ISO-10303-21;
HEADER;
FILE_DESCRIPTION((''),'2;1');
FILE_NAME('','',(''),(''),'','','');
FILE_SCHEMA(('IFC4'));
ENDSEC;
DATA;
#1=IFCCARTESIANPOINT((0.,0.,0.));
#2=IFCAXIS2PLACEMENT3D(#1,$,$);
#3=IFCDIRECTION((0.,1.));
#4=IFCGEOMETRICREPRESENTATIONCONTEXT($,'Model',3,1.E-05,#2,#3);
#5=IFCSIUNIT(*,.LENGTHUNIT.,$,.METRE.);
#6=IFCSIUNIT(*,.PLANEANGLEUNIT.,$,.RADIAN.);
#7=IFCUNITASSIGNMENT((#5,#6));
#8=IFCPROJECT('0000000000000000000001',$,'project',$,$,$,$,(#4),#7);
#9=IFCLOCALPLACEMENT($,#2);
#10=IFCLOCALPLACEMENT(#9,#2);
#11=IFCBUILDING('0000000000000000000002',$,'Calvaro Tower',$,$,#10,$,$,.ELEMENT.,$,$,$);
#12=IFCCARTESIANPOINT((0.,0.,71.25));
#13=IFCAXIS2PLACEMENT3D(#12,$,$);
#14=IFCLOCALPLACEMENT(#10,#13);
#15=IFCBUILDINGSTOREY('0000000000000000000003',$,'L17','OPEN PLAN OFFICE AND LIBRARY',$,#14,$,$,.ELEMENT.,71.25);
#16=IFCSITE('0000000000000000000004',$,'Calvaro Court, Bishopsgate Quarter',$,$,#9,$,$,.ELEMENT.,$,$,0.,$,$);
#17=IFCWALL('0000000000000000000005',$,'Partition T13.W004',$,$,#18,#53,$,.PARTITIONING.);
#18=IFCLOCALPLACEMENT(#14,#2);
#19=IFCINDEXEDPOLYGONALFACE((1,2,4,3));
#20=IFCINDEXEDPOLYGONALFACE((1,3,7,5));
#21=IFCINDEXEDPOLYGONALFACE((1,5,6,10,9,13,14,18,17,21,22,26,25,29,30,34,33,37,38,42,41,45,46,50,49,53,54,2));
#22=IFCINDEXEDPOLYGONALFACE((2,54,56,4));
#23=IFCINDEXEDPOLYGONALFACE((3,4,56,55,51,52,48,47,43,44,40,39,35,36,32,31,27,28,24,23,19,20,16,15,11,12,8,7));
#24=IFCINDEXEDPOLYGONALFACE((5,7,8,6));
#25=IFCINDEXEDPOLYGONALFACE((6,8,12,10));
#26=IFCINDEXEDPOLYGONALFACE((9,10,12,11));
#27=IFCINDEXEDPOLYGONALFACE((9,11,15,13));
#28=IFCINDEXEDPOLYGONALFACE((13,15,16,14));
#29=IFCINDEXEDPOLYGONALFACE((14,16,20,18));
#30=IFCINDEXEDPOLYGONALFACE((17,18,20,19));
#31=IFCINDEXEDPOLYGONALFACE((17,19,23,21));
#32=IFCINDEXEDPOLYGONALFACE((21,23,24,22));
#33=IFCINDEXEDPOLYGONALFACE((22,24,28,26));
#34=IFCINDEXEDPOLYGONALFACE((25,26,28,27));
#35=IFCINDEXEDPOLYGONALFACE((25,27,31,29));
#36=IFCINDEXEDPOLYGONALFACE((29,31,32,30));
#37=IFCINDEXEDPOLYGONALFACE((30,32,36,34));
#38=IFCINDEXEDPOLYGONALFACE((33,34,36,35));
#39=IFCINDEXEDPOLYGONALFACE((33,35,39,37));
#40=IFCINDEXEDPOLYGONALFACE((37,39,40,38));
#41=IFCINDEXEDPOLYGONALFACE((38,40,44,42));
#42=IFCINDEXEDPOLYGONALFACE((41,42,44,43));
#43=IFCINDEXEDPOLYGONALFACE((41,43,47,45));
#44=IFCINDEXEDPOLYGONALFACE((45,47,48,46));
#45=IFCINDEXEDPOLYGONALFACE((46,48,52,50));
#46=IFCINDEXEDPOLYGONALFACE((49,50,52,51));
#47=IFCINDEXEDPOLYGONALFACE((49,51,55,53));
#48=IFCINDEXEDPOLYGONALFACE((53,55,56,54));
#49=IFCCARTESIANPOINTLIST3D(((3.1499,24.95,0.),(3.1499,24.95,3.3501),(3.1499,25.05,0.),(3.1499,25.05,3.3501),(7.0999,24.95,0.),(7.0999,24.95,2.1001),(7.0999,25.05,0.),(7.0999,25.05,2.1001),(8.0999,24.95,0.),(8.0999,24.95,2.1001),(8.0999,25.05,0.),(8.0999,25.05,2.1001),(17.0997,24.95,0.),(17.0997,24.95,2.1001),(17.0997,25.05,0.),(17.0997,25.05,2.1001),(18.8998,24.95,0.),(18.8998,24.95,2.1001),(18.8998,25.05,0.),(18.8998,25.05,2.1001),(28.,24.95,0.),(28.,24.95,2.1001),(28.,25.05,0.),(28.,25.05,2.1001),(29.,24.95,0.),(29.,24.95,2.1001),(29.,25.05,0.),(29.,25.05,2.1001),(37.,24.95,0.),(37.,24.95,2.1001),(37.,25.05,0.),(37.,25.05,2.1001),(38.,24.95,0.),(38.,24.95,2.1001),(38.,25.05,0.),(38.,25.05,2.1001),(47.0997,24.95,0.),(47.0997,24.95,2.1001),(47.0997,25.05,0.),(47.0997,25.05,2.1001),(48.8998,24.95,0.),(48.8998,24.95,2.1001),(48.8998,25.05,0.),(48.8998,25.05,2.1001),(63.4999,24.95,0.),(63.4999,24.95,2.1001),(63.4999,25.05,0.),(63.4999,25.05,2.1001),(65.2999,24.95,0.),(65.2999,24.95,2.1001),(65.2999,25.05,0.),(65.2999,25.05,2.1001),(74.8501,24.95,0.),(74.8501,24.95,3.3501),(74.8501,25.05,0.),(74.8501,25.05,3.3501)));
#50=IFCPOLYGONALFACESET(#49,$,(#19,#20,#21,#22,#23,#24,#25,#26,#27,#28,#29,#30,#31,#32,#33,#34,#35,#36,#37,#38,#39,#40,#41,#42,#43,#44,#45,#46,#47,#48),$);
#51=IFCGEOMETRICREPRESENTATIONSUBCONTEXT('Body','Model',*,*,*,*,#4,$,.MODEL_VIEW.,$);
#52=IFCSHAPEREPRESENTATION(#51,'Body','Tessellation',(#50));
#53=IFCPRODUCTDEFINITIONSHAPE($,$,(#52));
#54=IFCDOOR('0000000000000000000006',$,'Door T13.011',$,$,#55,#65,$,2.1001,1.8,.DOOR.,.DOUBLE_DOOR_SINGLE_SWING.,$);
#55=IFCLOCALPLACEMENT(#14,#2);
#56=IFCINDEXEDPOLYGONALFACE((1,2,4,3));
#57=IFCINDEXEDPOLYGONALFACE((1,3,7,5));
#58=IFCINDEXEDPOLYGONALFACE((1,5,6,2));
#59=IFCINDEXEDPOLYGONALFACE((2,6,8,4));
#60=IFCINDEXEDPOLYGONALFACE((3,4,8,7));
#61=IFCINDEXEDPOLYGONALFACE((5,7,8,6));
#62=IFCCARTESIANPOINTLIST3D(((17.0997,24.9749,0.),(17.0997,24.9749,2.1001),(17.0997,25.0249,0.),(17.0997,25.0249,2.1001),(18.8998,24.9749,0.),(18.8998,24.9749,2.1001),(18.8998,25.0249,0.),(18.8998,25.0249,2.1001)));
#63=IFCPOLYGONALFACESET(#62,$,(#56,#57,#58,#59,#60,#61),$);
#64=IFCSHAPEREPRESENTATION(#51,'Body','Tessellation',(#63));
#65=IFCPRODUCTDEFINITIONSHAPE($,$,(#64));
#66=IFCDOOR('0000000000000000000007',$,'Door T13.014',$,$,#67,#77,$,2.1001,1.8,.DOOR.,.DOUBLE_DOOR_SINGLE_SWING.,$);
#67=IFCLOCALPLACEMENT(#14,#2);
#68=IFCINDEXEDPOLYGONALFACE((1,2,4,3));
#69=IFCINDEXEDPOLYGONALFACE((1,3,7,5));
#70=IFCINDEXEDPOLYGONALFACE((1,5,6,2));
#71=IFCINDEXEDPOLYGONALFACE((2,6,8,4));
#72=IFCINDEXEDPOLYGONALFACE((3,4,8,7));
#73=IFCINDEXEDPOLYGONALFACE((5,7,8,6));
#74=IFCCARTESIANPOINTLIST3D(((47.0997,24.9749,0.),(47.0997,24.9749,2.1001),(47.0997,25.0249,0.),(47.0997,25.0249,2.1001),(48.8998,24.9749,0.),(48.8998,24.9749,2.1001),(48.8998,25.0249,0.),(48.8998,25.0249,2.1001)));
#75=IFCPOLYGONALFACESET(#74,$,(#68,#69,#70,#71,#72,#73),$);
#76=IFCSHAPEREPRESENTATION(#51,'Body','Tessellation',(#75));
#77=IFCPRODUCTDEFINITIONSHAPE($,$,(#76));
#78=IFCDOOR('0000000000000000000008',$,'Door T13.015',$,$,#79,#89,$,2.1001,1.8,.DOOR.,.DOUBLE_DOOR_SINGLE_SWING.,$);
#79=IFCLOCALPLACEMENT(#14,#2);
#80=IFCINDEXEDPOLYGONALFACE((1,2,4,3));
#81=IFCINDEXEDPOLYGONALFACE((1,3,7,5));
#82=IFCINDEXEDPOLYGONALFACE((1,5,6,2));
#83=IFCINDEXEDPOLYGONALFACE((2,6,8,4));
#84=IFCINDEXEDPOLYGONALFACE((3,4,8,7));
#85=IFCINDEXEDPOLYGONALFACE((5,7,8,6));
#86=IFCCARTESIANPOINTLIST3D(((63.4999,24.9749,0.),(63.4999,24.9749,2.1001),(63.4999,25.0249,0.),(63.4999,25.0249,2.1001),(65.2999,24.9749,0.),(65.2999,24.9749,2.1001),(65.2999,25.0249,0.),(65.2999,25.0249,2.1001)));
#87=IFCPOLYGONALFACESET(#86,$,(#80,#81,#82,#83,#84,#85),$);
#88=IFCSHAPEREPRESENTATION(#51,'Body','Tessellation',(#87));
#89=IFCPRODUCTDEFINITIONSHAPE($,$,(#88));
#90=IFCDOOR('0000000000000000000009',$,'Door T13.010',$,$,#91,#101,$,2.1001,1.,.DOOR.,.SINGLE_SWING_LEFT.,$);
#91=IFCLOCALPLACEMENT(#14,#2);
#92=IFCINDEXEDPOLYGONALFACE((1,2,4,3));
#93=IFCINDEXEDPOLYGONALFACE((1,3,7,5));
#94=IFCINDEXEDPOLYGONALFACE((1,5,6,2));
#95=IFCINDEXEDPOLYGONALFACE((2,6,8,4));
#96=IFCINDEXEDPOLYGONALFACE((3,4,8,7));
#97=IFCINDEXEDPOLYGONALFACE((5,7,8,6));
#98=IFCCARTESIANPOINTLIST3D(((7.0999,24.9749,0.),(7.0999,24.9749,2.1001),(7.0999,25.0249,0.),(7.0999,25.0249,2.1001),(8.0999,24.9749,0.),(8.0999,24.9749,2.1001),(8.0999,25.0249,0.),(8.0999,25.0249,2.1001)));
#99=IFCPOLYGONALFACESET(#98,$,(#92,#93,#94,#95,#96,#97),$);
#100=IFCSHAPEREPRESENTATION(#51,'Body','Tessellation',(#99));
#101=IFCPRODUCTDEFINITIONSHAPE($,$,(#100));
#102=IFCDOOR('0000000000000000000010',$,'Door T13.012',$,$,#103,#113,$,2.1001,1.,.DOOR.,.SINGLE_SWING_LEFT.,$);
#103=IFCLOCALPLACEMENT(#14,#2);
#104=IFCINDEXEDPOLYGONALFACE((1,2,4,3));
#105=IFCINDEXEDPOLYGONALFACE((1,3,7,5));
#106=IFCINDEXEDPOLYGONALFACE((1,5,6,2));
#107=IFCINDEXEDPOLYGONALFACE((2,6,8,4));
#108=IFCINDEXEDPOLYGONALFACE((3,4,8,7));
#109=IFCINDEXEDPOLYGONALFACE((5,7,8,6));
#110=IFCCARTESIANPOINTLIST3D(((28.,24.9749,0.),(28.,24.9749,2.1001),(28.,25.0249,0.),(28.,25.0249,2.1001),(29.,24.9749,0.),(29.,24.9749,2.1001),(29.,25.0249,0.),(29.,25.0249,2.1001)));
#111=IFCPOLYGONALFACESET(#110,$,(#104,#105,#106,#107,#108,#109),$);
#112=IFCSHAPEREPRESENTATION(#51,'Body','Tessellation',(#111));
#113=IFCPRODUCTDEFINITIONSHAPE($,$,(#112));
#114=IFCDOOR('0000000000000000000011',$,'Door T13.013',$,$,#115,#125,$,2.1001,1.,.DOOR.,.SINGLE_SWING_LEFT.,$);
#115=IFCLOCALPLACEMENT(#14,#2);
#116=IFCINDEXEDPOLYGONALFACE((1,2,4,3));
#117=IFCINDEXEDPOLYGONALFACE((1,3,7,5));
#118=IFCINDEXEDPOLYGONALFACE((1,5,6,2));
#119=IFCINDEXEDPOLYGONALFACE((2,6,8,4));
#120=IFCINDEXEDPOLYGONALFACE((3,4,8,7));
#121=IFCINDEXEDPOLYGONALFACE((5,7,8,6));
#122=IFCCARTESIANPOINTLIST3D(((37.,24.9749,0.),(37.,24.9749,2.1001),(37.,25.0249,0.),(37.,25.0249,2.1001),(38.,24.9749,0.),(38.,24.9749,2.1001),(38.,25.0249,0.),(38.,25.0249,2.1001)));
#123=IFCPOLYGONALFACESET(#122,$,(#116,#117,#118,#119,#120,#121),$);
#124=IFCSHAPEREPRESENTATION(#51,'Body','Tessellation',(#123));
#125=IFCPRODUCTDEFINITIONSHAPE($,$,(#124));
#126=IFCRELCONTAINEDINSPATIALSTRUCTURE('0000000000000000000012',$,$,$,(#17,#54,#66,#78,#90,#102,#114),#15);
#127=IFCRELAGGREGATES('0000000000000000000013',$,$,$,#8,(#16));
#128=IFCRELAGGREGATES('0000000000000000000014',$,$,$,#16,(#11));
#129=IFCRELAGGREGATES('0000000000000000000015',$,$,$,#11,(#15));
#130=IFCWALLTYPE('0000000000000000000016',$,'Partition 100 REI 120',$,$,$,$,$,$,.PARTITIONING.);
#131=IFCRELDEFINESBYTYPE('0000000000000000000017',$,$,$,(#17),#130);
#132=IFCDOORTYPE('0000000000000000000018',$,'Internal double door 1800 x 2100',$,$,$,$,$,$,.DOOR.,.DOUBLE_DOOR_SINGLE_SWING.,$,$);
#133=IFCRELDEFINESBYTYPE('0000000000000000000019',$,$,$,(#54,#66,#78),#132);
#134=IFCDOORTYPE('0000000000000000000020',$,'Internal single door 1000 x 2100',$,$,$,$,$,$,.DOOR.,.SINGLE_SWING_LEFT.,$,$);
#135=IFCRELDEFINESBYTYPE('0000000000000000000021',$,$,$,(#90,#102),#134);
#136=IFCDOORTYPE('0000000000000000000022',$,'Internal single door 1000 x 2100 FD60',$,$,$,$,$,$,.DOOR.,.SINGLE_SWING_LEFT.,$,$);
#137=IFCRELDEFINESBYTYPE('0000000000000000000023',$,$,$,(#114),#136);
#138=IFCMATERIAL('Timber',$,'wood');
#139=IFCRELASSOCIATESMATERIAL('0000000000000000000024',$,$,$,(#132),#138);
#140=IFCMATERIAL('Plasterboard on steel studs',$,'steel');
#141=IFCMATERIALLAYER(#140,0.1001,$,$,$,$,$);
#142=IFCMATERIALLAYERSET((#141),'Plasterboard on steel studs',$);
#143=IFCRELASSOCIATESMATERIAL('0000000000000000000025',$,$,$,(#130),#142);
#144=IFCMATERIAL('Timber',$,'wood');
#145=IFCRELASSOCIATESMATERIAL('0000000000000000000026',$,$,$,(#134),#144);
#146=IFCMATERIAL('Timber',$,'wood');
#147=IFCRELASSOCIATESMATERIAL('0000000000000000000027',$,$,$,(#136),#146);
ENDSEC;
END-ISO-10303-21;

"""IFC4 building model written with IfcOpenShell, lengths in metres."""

from ifc_helpers import new_model, si_unit, direction, frame, frame_2d, origin, place, context, subcontext, project, spatial, rectangle, extrude, material, layer, layer_set, type_object, element, fill, save


model = new_model("IFC4")

# Units and contexts
model_context = context("Model", 3, precision=1e-05, world=origin(), true_north=direction((0.0, 1.0)))
body_context = subcontext(model_context, "Body", "Model", "MODEL_VIEW")
ifc_project = project(units=[si_unit("LENGTHUNIT", "METRE"), si_unit("PLANEANGLEUNIT", "RADIAN")], contexts=[model_context])

# Site, building, storey
site_placement = place(None, origin())
site = spatial("IfcSite", under=ifc_project, at=site_placement, Name="Calvaro Court, Bishopsgate Quarter", CompositionType="ELEMENT", RefElevation=0.0)
building_placement = place(site_placement, origin())
building = spatial("IfcBuilding", under=site, at=building_placement, Name="Calvaro Tower", CompositionType="ELEMENT")
storey_placement = place(building_placement, frame((0.0, 0.0, 71.25)))
storey = spatial("IfcBuildingStorey", under=building, at=storey_placement, Name="L17", Description="OPEN PLAN OFFICE AND LIBRARY", CompositionType="ELEMENT", Elevation=71.25)

# Shared definitions
ifc_material_1 = material(Name="Timber", Category="wood")
door_type_1 = type_object("IfcDoorType", Name="Internal double door 1800 x 2100", OperationType="DOUBLE_DOOR_SINGLE_SWING", PredefinedType="DOOR", material=ifc_material_1)

# Shared definitions
ifc_material_2 = material(Name="Plasterboard on steel studs", Category="steel")
ifc_layer_1 = layer(ifc_material_2, 0.1001)
ifc_layer_set_1 = layer_set([ifc_layer_1], Name="Plasterboard on steel studs")
wall_type_1 = type_object("IfcWallType", Name="Partition 100 REI 120", PredefinedType="PARTITIONING", material=ifc_layer_set_1)

# Wall, openings, doors
wall_1_placement = place(storey_placement, frame((3.1499, 25.0, 0.0), z_axis=(0.0, 0.0, 1.0), x_axis=(1.0, 0.0, 0.0)))
wall_1 = element("IfcWall", 1, at=wall_1_placement, inside=storey, type_object=wall_type_1, Name="Partition T13.W004", PredefinedType="PARTITIONING", context=body_context, shape_type="SweptSolid", body=[
    extrude(rectangle(XDim=71.7002, YDim=0.1001, at=frame_2d((35.8501, 0.0))), origin(), (0.0, 0.0, 1.0), 3.3501),
])
opening_1_placement = place(wall_1_placement, frame((3.95, 0.0, 0.0)))
opening_1 = element("IfcOpeningElement", 2, at=opening_1_placement, cuts=wall_1, PredefinedType="OPENING", context=body_context, shape_type="SweptSolid", body=[
    extrude(rectangle(XDim=1.0, YDim=2.1001, at=frame_2d((0.5, 1.05))), frame((0.0, 0.0601, 0.0), z_axis=(0.0, -1.0, 0.0), x_axis=(1.0, 0.0, 0.0)), (0.0, 0.0, 1.0), 0.1201),
])
opening_2_placement = place(wall_1_placement, frame((13.95, 0.0, 0.0)))
opening_2 = element("IfcOpeningElement", 3, at=opening_2_placement, cuts=wall_1, PredefinedType="OPENING", context=body_context, shape_type="SweptSolid", body=[
    extrude(rectangle(XDim=1.8, YDim=2.1001, at=frame_2d((0.8999, 1.05))), frame((0.0, 0.0601, 0.0), z_axis=(0.0, -1.0, 0.0), x_axis=(1.0, 0.0, 0.0)), (0.0, 0.0, 1.0), 0.1201),
])
opening_3_placement = place(wall_1_placement, frame((24.8501, 0.0, 0.0)))
opening_3 = element("IfcOpeningElement", 4, at=opening_3_placement, cuts=wall_1, PredefinedType="OPENING", context=body_context, shape_type="SweptSolid", body=[
    extrude(rectangle(XDim=1.0, YDim=2.1001, at=frame_2d((0.5, 1.05))), frame((0.0, 0.0601, 0.0), z_axis=(0.0, -1.0, 0.0), x_axis=(1.0, 0.0, 0.0)), (0.0, 0.0, 1.0), 0.1201),
])
opening_4_placement = place(wall_1_placement, frame((33.8501, 0.0, 0.0)))
opening_4 = element("IfcOpeningElement", 5, at=opening_4_placement, cuts=wall_1, PredefinedType="OPENING", context=body_context, shape_type="SweptSolid", body=[
    extrude(rectangle(XDim=1.0, YDim=2.1001, at=frame_2d((0.5, 1.05))), frame((0.0, 0.0601, 0.0), z_axis=(0.0, -1.0, 0.0), x_axis=(1.0, 0.0, 0.0)), (0.0, 0.0, 1.0), 0.1201),
])
opening_5_placement = place(wall_1_placement, frame((43.95, 0.0, 0.0)))
opening_5 = element("IfcOpeningElement", 6, at=opening_5_placement, cuts=wall_1, PredefinedType="OPENING", context=body_context, shape_type="SweptSolid", body=[
    extrude(rectangle(XDim=1.8, YDim=2.1001, at=frame_2d((0.8999, 1.05))), frame((0.0, 0.0601, 0.0), z_axis=(0.0, -1.0, 0.0), x_axis=(1.0, 0.0, 0.0)), (0.0, 0.0, 1.0), 0.1201),
])
opening_6_placement = place(wall_1_placement, frame((60.3501, 0.0, 0.0)))
opening_6 = element("IfcOpeningElement", 7, at=opening_6_placement, cuts=wall_1, PredefinedType="OPENING", context=body_context, shape_type="SweptSolid", body=[
    extrude(rectangle(XDim=1.8, YDim=2.1001, at=frame_2d((0.8999, 1.05))), frame((0.0, 0.0601, 0.0), z_axis=(0.0, -1.0, 0.0), x_axis=(1.0, 0.0, 0.0)), (0.0, 0.0, 1.0), 0.1201),
])
door_1_placement = place(opening_2_placement, origin())
door_1 = element("IfcDoor", 8, at=door_1_placement, inside=storey, type_object=door_type_1, Name="Door T13.011", OperationType="DOUBLE_DOOR_SINGLE_SWING", OverallHeight=2.1001, OverallWidth=1.8, PredefinedType="DOOR", context=body_context, shape_type="SweptSolid", body=[
    extrude(rectangle(XDim=1.8, YDim=2.1001, at=frame_2d((0.8999, 1.05))), frame((0.0, 0.0249, 0.0), z_axis=(0.0, -1.0, 0.0), x_axis=(1.0, 0.0, 0.0)), (0.0, 0.0, 1.0), 0.05),
])
fill(opening_2, door_1)
door_2_placement = place(opening_5_placement, origin())
door_2 = element("IfcDoor", 9, at=door_2_placement, inside=storey, type_object=door_type_1, Name="Door T13.014", OperationType="DOUBLE_DOOR_SINGLE_SWING", OverallHeight=2.1001, OverallWidth=1.8, PredefinedType="DOOR", context=body_context, shape_type="SweptSolid", body=[
    extrude(rectangle(XDim=1.8, YDim=2.1001, at=frame_2d((0.8999, 1.05))), frame((0.0, 0.0249, 0.0), z_axis=(0.0, -1.0, 0.0), x_axis=(1.0, 0.0, 0.0)), (0.0, 0.0, 1.0), 0.05),
])
fill(opening_5, door_2)
door_3_placement = place(opening_6_placement, origin())
door_3 = element("IfcDoor", 10, at=door_3_placement, inside=storey, type_object=door_type_1, Name="Door T13.015", OperationType="DOUBLE_DOOR_SINGLE_SWING", OverallHeight=2.1001, OverallWidth=1.8, PredefinedType="DOOR", context=body_context, shape_type="SweptSolid", body=[
    extrude(rectangle(XDim=1.8, YDim=2.1001, at=frame_2d((0.8999, 1.05))), frame((0.0, 0.0249, 0.0), z_axis=(0.0, -1.0, 0.0), x_axis=(1.0, 0.0, 0.0)), (0.0, 0.0, 1.0), 0.05),
])
fill(opening_6, door_3)
ifc_material_3 = material(Name="Timber", Category="wood")
door_type_2 = type_object("IfcDoorType", Name="Internal single door 1000 x 2100", OperationType="SINGLE_SWING_LEFT", PredefinedType="DOOR", material=ifc_material_3)
door_4_placement = place(opening_1_placement, origin())
door_4 = element("IfcDoor", 11, at=door_4_placement, inside=storey, type_object=door_type_2, Name="Door T13.010", OperationType="SINGLE_SWING_LEFT", OverallHeight=2.1001, OverallWidth=1.0, PredefinedType="DOOR", context=body_context, shape_type="SweptSolid", body=[
    extrude(rectangle(XDim=1.0, YDim=2.1001, at=frame_2d((0.5, 1.05))), frame((0.0, 0.0249, 0.0), z_axis=(0.0, -1.0, 0.0), x_axis=(1.0, 0.0, 0.0)), (0.0, 0.0, 1.0), 0.05),
])
fill(opening_1, door_4)
door_5_placement = place(opening_3_placement, origin())
door_5 = element("IfcDoor", 12, at=door_5_placement, inside=storey, type_object=door_type_2, Name="Door T13.012", OperationType="SINGLE_SWING_LEFT", OverallHeight=2.1001, OverallWidth=1.0, PredefinedType="DOOR", context=body_context, shape_type="SweptSolid", body=[
    extrude(rectangle(XDim=1.0, YDim=2.1001, at=frame_2d((0.5, 1.05))), frame((0.0, 0.0249, 0.0), z_axis=(0.0, -1.0, 0.0), x_axis=(1.0, 0.0, 0.0)), (0.0, 0.0, 1.0), 0.05),
])
fill(opening_3, door_5)
ifc_material_4 = material(Name="Timber", Category="wood")
door_type_3 = type_object("IfcDoorType", Name="Internal single door 1000 x 2100 FD60", OperationType="SINGLE_SWING_LEFT", PredefinedType="DOOR", material=ifc_material_4)
door_6_placement = place(opening_4_placement, origin())
door_6 = element("IfcDoor", 13, at=door_6_placement, inside=storey, type_object=door_type_3, Name="Door T13.013", OperationType="SINGLE_SWING_LEFT", OverallHeight=2.1001, OverallWidth=1.0, PredefinedType="DOOR", context=body_context, shape_type="SweptSolid", body=[
    extrude(rectangle(XDim=1.0, YDim=2.1001, at=frame_2d((0.5, 1.05))), frame((0.0, 0.0249, 0.0), z_axis=(0.0, -1.0, 0.0), x_axis=(1.0, 0.0, 0.0)), (0.0, 0.0, 1.0), 0.05),
])
fill(opening_4, door_6)

save(model, "model.ifc")
